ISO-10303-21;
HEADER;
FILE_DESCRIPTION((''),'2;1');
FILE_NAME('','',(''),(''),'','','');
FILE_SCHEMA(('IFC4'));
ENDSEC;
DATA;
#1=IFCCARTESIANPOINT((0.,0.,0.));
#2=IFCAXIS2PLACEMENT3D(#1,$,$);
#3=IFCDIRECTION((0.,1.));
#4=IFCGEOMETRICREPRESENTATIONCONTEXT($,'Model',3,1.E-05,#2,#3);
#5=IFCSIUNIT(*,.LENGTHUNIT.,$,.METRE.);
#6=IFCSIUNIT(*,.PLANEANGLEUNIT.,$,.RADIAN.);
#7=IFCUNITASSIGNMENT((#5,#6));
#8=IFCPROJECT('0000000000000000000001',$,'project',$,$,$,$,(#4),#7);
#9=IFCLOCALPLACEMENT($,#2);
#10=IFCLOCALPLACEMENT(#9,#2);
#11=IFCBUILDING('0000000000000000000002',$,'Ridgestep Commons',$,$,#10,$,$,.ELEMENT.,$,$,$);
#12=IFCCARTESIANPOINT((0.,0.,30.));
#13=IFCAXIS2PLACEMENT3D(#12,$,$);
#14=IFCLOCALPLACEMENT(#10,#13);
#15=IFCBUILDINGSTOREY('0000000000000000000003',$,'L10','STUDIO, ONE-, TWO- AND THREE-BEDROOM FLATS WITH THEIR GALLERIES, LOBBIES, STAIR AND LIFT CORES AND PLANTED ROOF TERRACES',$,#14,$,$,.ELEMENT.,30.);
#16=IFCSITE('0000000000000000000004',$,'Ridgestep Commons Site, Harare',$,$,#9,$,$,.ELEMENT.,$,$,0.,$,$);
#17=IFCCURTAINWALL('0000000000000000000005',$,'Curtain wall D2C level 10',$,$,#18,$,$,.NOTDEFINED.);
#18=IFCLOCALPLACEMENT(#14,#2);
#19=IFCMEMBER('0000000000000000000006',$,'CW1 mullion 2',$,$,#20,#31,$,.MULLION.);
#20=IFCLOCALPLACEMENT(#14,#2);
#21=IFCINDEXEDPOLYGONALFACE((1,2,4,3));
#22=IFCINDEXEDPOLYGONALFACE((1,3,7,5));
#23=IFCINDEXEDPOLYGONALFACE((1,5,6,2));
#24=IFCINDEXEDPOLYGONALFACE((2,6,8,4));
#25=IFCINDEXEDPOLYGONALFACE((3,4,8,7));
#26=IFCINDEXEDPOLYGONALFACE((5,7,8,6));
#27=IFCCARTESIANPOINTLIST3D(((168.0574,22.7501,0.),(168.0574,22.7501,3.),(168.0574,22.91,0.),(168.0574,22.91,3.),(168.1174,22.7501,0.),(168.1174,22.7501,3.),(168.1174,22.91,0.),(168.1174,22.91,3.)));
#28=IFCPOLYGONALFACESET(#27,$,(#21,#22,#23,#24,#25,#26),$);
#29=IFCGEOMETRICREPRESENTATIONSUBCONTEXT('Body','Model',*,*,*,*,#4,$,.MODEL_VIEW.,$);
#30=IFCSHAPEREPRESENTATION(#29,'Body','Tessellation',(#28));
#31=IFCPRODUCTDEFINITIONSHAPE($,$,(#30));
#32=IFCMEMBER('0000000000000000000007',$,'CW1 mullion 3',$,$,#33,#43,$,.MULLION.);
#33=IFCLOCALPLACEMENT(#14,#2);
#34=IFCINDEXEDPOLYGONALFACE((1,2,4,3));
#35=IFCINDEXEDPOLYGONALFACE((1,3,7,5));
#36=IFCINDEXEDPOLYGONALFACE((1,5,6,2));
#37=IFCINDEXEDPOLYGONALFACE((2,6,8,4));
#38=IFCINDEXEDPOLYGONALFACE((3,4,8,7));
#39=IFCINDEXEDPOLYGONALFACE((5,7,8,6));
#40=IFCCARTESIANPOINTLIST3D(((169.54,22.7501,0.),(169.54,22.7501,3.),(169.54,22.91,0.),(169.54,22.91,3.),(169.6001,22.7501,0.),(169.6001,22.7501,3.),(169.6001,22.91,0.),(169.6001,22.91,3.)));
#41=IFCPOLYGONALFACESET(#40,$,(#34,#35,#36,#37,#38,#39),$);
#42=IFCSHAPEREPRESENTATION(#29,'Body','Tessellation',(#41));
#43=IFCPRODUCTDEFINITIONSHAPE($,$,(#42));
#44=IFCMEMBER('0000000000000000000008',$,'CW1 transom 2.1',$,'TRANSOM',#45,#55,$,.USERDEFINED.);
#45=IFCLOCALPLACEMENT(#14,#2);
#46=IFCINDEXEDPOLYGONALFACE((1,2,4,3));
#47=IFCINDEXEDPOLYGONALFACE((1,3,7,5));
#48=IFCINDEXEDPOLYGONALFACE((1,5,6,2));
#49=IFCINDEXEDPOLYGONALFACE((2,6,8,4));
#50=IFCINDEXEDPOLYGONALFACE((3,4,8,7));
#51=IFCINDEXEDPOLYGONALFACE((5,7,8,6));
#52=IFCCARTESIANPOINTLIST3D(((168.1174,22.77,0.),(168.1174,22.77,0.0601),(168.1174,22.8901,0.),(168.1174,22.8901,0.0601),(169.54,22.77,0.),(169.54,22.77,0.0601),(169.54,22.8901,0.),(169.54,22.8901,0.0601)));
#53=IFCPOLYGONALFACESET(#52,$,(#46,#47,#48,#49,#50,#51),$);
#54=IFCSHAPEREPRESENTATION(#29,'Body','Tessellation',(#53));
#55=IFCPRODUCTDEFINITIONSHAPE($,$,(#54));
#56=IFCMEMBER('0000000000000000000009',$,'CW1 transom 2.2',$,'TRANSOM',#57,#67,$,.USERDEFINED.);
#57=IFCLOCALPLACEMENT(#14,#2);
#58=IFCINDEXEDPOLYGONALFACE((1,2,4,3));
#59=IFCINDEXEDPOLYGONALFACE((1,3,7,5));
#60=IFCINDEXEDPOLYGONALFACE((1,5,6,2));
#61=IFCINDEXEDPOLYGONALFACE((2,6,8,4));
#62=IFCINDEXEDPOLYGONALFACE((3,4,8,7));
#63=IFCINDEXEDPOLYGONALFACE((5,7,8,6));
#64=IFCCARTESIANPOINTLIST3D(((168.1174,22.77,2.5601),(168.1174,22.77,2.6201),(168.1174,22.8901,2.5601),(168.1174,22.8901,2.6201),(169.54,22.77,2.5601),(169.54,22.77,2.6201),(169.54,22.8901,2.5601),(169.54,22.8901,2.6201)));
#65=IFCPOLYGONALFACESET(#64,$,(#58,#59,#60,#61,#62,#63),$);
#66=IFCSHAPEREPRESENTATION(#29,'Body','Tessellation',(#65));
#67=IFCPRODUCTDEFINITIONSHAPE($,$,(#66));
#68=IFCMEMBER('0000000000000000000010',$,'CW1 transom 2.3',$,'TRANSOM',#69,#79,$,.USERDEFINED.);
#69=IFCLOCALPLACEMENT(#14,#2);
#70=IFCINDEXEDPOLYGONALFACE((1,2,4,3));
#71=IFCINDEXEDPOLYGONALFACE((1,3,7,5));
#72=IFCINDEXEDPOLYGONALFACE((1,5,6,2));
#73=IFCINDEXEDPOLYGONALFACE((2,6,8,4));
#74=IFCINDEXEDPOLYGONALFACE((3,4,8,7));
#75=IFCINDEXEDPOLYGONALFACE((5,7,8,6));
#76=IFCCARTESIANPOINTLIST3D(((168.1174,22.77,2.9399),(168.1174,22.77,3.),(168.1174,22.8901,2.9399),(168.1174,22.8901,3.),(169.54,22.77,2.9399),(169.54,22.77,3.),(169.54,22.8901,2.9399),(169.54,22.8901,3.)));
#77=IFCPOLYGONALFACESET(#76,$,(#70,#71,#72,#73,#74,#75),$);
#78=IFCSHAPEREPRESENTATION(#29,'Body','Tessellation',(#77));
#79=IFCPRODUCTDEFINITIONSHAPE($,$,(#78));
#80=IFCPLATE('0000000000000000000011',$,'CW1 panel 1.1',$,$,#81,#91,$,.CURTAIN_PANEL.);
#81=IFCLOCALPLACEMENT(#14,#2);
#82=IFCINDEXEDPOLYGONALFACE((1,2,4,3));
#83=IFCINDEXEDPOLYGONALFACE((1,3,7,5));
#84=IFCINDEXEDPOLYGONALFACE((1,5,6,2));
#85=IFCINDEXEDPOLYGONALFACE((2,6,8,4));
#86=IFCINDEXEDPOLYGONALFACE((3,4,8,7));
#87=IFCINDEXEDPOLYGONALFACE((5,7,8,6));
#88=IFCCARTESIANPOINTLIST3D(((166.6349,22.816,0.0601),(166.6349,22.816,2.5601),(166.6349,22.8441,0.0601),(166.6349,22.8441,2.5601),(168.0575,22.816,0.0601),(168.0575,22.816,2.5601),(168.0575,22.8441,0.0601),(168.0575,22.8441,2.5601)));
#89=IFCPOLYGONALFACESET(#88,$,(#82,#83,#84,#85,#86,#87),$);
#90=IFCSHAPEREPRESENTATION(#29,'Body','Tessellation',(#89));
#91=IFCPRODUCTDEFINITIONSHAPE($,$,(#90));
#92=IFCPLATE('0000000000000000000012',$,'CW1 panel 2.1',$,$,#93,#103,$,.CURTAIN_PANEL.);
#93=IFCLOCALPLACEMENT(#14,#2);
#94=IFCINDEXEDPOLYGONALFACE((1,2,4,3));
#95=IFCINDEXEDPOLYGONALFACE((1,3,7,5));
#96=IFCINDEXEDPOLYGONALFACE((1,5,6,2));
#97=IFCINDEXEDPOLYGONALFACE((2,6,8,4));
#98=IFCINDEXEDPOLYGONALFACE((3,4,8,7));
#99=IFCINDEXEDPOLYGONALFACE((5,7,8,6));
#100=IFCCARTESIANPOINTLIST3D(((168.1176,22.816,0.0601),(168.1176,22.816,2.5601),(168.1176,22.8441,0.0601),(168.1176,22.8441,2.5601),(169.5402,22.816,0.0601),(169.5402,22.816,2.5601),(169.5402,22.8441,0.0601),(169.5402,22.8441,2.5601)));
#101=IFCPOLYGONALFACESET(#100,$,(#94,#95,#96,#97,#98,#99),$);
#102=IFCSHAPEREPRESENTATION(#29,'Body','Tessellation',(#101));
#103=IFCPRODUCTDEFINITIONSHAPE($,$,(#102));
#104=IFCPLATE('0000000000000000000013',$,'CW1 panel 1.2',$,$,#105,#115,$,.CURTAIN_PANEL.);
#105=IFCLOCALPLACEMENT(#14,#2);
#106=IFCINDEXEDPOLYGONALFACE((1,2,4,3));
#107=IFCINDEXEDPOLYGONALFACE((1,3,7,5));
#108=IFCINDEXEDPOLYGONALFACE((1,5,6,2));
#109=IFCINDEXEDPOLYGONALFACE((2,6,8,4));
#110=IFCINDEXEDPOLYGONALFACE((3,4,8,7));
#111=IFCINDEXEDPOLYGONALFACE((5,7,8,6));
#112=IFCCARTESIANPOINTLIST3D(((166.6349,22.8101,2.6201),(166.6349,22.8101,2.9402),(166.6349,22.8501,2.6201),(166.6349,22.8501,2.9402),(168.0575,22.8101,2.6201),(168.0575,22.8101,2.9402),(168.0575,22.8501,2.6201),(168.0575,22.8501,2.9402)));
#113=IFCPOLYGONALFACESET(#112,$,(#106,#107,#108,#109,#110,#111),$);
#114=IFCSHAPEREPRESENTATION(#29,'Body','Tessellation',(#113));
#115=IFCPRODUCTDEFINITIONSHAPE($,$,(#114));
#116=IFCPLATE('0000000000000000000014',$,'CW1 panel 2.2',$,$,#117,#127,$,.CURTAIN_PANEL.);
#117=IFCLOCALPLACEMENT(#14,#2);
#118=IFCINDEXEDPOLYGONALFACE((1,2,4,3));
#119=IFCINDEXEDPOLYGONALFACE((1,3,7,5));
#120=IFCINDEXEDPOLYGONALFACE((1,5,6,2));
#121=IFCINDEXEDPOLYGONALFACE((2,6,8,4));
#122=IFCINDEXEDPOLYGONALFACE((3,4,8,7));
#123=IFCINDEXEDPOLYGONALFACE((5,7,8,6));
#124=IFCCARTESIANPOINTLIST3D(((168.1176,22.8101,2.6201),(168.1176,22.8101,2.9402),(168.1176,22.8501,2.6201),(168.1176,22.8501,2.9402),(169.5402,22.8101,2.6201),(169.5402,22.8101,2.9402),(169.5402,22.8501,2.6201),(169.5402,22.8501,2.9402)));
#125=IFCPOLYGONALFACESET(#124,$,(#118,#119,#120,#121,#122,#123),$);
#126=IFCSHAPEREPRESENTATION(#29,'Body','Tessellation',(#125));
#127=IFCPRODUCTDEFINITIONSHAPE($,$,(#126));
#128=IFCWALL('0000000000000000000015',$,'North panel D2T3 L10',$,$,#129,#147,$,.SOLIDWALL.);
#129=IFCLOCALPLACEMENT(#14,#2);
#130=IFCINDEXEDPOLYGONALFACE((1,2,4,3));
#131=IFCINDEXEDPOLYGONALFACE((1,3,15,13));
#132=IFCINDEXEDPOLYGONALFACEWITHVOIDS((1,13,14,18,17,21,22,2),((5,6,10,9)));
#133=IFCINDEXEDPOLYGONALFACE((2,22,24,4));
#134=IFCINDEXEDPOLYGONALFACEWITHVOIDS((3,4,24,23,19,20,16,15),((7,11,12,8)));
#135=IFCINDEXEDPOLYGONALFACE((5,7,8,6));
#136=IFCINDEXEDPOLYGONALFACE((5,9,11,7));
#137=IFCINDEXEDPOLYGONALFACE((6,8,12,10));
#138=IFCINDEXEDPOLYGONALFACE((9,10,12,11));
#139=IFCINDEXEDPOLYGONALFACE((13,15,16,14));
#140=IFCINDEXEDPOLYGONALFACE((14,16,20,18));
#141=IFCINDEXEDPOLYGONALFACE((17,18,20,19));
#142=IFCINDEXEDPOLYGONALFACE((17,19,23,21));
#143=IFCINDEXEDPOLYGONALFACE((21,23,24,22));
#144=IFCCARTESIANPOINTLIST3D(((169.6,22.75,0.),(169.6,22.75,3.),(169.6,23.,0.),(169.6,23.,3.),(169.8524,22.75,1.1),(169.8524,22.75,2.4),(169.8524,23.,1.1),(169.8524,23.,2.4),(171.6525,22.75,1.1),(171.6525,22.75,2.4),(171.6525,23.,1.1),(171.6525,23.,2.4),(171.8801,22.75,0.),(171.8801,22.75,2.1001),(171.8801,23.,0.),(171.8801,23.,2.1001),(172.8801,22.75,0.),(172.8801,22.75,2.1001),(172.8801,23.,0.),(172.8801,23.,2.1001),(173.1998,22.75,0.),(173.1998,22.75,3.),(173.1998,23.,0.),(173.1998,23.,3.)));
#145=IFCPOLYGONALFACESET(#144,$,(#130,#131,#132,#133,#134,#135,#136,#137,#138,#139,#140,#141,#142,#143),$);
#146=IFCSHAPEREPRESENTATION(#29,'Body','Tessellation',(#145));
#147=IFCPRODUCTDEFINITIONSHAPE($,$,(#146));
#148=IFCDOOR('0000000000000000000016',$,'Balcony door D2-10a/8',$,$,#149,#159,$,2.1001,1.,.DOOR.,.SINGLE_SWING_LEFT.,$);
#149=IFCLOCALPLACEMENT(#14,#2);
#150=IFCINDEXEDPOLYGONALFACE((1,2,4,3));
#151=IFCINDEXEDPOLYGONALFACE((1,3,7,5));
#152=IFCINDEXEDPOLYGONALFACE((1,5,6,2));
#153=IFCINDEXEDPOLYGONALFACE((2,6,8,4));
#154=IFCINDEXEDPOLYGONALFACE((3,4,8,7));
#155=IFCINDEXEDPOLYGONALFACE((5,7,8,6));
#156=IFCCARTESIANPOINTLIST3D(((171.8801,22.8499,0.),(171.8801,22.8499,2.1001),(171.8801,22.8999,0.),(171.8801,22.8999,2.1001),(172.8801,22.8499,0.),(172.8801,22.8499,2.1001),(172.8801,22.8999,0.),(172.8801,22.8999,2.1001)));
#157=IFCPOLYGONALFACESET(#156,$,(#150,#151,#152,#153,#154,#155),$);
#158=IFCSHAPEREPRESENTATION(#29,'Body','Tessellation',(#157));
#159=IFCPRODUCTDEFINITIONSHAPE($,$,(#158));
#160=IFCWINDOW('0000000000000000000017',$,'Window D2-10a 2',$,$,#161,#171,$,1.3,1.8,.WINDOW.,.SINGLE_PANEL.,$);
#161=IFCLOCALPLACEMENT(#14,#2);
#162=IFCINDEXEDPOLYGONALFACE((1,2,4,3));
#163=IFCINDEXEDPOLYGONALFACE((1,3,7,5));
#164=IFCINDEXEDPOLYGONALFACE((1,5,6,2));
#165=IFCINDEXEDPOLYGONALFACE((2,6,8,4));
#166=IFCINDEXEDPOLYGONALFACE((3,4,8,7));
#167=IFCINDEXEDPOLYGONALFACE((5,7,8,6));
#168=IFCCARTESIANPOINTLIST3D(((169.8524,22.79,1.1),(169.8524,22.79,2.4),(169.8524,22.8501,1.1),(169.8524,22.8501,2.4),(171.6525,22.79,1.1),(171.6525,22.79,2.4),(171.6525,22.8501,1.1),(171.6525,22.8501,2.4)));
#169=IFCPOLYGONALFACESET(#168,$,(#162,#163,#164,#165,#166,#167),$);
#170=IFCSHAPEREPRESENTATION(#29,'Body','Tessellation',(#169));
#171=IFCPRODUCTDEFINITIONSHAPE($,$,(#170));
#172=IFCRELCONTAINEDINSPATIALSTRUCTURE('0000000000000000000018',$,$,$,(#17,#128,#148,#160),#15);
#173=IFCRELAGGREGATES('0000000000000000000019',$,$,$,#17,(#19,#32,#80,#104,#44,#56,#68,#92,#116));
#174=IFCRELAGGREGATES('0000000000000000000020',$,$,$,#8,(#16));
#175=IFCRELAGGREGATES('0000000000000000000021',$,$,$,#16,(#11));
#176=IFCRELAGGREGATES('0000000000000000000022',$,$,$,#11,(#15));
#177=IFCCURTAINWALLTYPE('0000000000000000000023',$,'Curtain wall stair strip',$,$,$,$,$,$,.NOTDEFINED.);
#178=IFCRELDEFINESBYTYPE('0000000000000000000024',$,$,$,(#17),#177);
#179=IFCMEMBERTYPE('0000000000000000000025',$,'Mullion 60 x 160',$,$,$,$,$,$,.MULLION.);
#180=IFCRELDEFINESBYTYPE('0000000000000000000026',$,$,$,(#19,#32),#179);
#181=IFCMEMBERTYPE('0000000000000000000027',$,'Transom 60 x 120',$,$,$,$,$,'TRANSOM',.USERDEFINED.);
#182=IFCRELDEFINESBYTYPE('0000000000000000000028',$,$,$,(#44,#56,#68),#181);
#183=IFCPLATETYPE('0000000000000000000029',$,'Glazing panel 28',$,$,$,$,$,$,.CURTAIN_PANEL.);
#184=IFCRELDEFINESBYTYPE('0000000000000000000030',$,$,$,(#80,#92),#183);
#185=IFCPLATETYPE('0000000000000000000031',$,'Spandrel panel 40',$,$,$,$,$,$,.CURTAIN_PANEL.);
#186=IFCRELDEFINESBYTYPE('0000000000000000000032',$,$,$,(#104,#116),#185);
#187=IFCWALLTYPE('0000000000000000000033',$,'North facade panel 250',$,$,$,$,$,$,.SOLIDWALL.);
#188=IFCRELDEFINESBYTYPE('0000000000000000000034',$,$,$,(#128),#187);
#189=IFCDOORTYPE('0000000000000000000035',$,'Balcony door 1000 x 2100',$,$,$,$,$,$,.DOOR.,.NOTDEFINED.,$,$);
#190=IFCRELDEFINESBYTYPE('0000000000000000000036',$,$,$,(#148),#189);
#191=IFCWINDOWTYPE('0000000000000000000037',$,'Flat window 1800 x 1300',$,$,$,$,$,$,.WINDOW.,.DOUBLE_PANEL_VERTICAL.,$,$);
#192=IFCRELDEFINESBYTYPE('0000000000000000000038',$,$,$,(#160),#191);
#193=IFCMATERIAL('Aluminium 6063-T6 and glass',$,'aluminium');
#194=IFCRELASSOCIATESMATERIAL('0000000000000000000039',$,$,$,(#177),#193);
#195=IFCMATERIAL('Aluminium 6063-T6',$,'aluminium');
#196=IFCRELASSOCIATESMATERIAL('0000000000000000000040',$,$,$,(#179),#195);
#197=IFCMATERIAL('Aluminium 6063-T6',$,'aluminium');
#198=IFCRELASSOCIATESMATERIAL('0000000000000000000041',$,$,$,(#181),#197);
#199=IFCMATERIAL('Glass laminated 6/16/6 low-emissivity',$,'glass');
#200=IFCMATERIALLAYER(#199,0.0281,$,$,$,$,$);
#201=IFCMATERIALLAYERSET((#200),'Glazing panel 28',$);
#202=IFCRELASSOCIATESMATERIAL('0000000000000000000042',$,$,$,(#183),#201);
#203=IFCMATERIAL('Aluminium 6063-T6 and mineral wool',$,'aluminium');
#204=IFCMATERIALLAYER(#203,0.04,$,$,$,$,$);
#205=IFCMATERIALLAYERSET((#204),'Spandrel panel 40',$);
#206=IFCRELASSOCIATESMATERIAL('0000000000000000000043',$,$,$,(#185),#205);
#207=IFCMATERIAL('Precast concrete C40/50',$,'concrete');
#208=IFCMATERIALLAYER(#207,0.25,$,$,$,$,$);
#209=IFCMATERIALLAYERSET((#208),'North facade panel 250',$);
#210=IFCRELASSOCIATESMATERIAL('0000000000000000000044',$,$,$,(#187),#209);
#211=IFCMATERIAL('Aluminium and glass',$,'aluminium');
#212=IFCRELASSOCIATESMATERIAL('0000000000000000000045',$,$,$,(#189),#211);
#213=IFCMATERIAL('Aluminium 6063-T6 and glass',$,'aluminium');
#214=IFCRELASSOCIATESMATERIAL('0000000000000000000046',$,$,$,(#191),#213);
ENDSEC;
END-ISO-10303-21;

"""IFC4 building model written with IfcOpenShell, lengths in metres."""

from ifc_helpers import new_model, si_unit, direction, frame, frame_2d, origin, origin_2d, place, context, subcontext, project, spatial, rectangle, extrude, material, layer, layer_set, material_profile, profile_set, type_object, element, fill, aggregate, save


model = new_model("IFC4")

# Units and contexts
model_context = context("Model", 3, precision=1e-05, world=origin(), true_north=direction((0.0, 1.0)))
body_context = subcontext(model_context, "Body", "Model", "MODEL_VIEW")
ifc_project = project(units=[si_unit("LENGTHUNIT", "METRE"), si_unit("PLANEANGLEUNIT", "RADIAN")], contexts=[model_context])

# Site, building, storey
site_placement = place(None, origin())
site = spatial("IfcSite", under=ifc_project, at=site_placement, Name="Ridgestep Commons Site, Harare", CompositionType="ELEMENT", RefElevation=0.0)
building_placement = place(site_placement, origin())
building = spatial("IfcBuilding", under=site, at=building_placement, Name="Ridgestep Commons", CompositionType="ELEMENT")
storey_placement = place(building_placement, frame((0.0, 0.0, 30.0)))
storey = spatial("IfcBuildingStorey", under=building, at=storey_placement, Name="L10", Description="STUDIO, ONE-, TWO- AND THREE-BEDROOM FLATS WITH THEIR GALLERIES, LOBBIES, STAIR AND LIFT CORES AND PLANTED ROOF TERRACES", CompositionType="ELEMENT", Elevation=30.0)

# Curtain wall, members, plates
ifc_material_1 = material(Name="Aluminium 6063-T6 and glass", Category="aluminium")
curtain_wall_type = type_object("IfcCurtainWallType", Name="Curtain wall stair strip", PredefinedType="NOTDEFINED", material=ifc_material_1)
curtain_wall_placement = place(storey_placement, origin())
curtain_wall = element("IfcCurtainWall", 1, at=curtain_wall_placement, inside=storey, type_object=curtain_wall_type, Name="Curtain wall D2C level 10", PredefinedType="NOTDEFINED")
ifc_material_2 = material(Name="Aluminium 6063-T6", Category="aluminium")
ifc_material_profile_1 = material_profile(ifc_material_2, rectangle(XDim=0.1599, YDim=0.0601, at=origin_2d()), Name="Mullion 60 x 160")
ifc_profile_set_1 = profile_set([ifc_material_profile_1], Name="Aluminium 6063-T6")
member_type_1 = type_object("IfcMemberType", Name="Mullion 60 x 160", PredefinedType="MULLION", material=ifc_profile_set_1)
member_1_placement = place(storey_placement, frame((168.0874, 22.8301, 0.0), z_axis=(0.0, 0.0, 1.0), x_axis=(0.0, 1.0, 0.0)))
member_1 = element("IfcMember", 2, at=member_1_placement, type_object=member_type_1, Name="CW1 mullion 2", PredefinedType="MULLION", context=body_context, shape_type="SweptSolid", body=[
    extrude(rectangle(XDim=0.1599, YDim=0.0601, at=origin_2d()), origin(), (0.0, 0.0, 1.0), 3.0),
])
member_2_placement = place(storey_placement, frame((169.5701, 22.8301, 0.0), z_axis=(0.0, 0.0, 1.0), x_axis=(0.0, 1.0, 0.0)))
member_2 = element("IfcMember", 3, at=member_2_placement, type_object=member_type_1, Name="CW1 mullion 3", PredefinedType="MULLION", context=body_context, shape_type="SweptSolid", body=[
    extrude(rectangle(XDim=0.1599, YDim=0.0601, at=origin_2d()), origin(), (0.0, 0.0, 1.0), 3.0),
])
ifc_material_3 = material(Name="Aluminium 6063-T6", Category="aluminium")
ifc_material_profile_2 = material_profile(ifc_material_3, rectangle(XDim=0.1201, YDim=0.0601, at=origin_2d()), Name="Transom 60 x 120")
ifc_profile_set_2 = profile_set([ifc_material_profile_2], Name="Aluminium 6063-T6")
member_type_2 = type_object("IfcMemberType", Name="Transom 60 x 120", ElementType="TRANSOM", PredefinedType="USERDEFINED", material=ifc_profile_set_2)
member_3_placement = place(storey_placement, frame((168.1174, 22.8301, 0.03), z_axis=(1.0, 0.0, 0.0), x_axis=(0.0, 1.0, 0.0)))
member_3 = element("IfcMember", 4, at=member_3_placement, type_object=member_type_2, Name="CW1 transom 2.1", ObjectType="TRANSOM", PredefinedType="USERDEFINED", context=body_context, shape_type="SweptSolid", body=[
    extrude(rectangle(XDim=0.1201, YDim=0.0601, at=origin_2d()), origin(), (0.0, 0.0, 1.0), 1.4226),
])
member_4_placement = place(storey_placement, frame((168.1174, 22.8301, 2.5901), z_axis=(1.0, 0.0, 0.0), x_axis=(0.0, 1.0, 0.0)))
member_4 = element("IfcMember", 5, at=member_4_placement, type_object=member_type_2, Name="CW1 transom 2.2", ObjectType="TRANSOM", PredefinedType="USERDEFINED", context=body_context, shape_type="SweptSolid", body=[
    extrude(rectangle(XDim=0.1201, YDim=0.0601, at=origin_2d()), origin(), (0.0, 0.0, 1.0), 1.4226),
])
member_5_placement = place(storey_placement, frame((168.1174, 22.8301, 2.97), z_axis=(1.0, 0.0, 0.0), x_axis=(0.0, 1.0, 0.0)))
member_5 = element("IfcMember", 6, at=member_5_placement, type_object=member_type_2, Name="CW1 transom 2.3", ObjectType="TRANSOM", PredefinedType="USERDEFINED", context=body_context, shape_type="SweptSolid", body=[
    extrude(rectangle(XDim=0.1201, YDim=0.0601, at=origin_2d()), origin(), (0.0, 0.0, 1.0), 1.4226),
])
ifc_material_4 = material(Name="Glass laminated 6/16/6 low-emissivity", Category="glass")
ifc_layer_1 = layer(ifc_material_4, 0.0281)
ifc_layer_set_1 = layer_set([ifc_layer_1], Name="Glazing panel 28")
plate_type_1 = type_object("IfcPlateType", Name="Glazing panel 28", PredefinedType="CURTAIN_PANEL", material=ifc_layer_set_1)
plate_1_placement = place(storey_placement, frame((167.3462, 22.8301, 0.0601), z_axis=(0.0, 0.0, 1.0), x_axis=(1.0, 0.0, 0.0)))
plate_1 = element("IfcPlate", 7, at=plate_1_placement, type_object=plate_type_1, Name="CW1 panel 1.1", PredefinedType="CURTAIN_PANEL", context=body_context, shape_type="SweptSolid", body=[
    extrude(rectangle(XDim=1.4226, YDim=0.0281, at=origin_2d()), origin(), (0.0, 0.0, 1.0), 2.5),
])
plate_2_placement = place(storey_placement, frame((168.8289, 22.8301, 0.0601), z_axis=(0.0, 0.0, 1.0), x_axis=(1.0, 0.0, 0.0)))
plate_2 = element("IfcPlate", 8, at=plate_2_placement, type_object=plate_type_1, Name="CW1 panel 2.1", PredefinedType="CURTAIN_PANEL", context=body_context, shape_type="SweptSolid", body=[
    extrude(rectangle(XDim=1.4226, YDim=0.0281, at=origin_2d()), origin(), (0.0, 0.0, 1.0), 2.5),
])
ifc_material_5 = material(Name="Aluminium 6063-T6 and mineral wool", Category="aluminium")
ifc_layer_2 = layer(ifc_material_5, 0.04)
ifc_layer_set_2 = layer_set([ifc_layer_2], Name="Spandrel panel 40")
plate_type_2 = type_object("IfcPlateType", Name="Spandrel panel 40", PredefinedType="CURTAIN_PANEL", material=ifc_layer_set_2)
plate_3_placement = place(storey_placement, frame((167.3462, 22.8301, 2.6201), z_axis=(0.0, 0.0, 1.0), x_axis=(1.0, 0.0, 0.0)))
plate_3 = element("IfcPlate", 9, at=plate_3_placement, type_object=plate_type_2, Name="CW1 panel 1.2", PredefinedType="CURTAIN_PANEL", context=body_context, shape_type="SweptSolid", body=[
    extrude(rectangle(XDim=1.4226, YDim=0.04, at=origin_2d()), origin(), (0.0, 0.0, 1.0), 0.3201),
])
plate_4_placement = place(storey_placement, frame((168.8289, 22.8301, 2.6201), z_axis=(0.0, 0.0, 1.0), x_axis=(1.0, 0.0, 0.0)))
plate_4 = element("IfcPlate", 10, at=plate_4_placement, type_object=plate_type_2, Name="CW1 panel 2.2", PredefinedType="CURTAIN_PANEL", context=body_context, shape_type="SweptSolid", body=[
    extrude(rectangle(XDim=1.4226, YDim=0.04, at=origin_2d()), origin(), (0.0, 0.0, 1.0), 0.3201),
])
aggregate(curtain_wall, [member_1, member_2, plate_1, plate_3, member_3, member_4, member_5, plate_2, plate_4])

# Wall, openings, door, window
ifc_material_6 = material(Name="Precast concrete C40/50", Category="concrete")
ifc_layer_3 = layer(ifc_material_6, 0.25)
ifc_layer_set_3 = layer_set([ifc_layer_3], Name="North facade panel 250")
wall_type_1 = type_object("IfcWallType", Name="North facade panel 250", PredefinedType="SOLIDWALL", material=ifc_layer_set_3)
wall_1_placement = place(storey_placement, frame((169.6001, 22.875, 0.0), z_axis=(0.0, 0.0, 1.0), x_axis=(1.0, 0.0, 0.0)))
wall_1 = element("IfcWall", 11, at=wall_1_placement, inside=storey, type_object=wall_type_1, Name="North panel D2T3 L10", PredefinedType="SOLIDWALL", context=body_context, shape_type="SweptSolid", body=[
    extrude(rectangle(XDim=3.5999, YDim=0.25, at=frame_2d((1.7998, 0.0))), origin(), (0.0, 0.0, 1.0), 3.0),
])
opening_1_placement = place(wall_1_placement, frame((0.2524, 0.0, 1.1001)))
opening_1 = element("IfcOpeningElement", 12, at=opening_1_placement, cuts=wall_1, PredefinedType="OPENING", context=body_context, shape_type="SweptSolid", body=[
    extrude(rectangle(XDim=1.8, YDim=1.3, at=frame_2d((0.8999, 0.6499))), frame((0.0, 0.135, 0.0), z_axis=(0.0, -1.0, 0.0), x_axis=(1.0, 0.0, 0.0)), (0.0, 0.0, 1.0), 0.27),
])
opening_2_placement = place(wall_1_placement, frame((2.28, 0.0, 0.0)))
opening_2 = element("IfcOpeningElement", 13, at=opening_2_placement, cuts=wall_1, PredefinedType="OPENING", context=body_context, shape_type="SweptSolid", body=[
    extrude(rectangle(XDim=1.0, YDim=2.1001, at=frame_2d((0.5, 1.05))), frame((0.0, 0.135, 0.0), z_axis=(0.0, -1.0, 0.0), x_axis=(1.0, 0.0, 0.0)), (0.0, 0.0, 1.0), 0.27),
])
ifc_material_7 = material(Name="Aluminium and glass", Category="aluminium")
door_type_1 = type_object("IfcDoorType", Name="Balcony door 1000 x 2100", OperationType="NOTDEFINED", PredefinedType="DOOR", material=ifc_material_7)
door_1_placement = place(opening_2_placement, origin())
door_1 = element("IfcDoor", 14, at=door_1_placement, inside=storey, type_object=door_type_1, Name="Balcony door D2-10a/8", OperationType="SINGLE_SWING_LEFT", OverallHeight=2.1001, OverallWidth=1.0, PredefinedType="DOOR", context=body_context, shape_type="SweptSolid", body=[
    extrude(rectangle(XDim=1.0, YDim=2.1001, at=frame_2d((0.5, 1.05))), frame((0.0, 0.0249, 0.0), z_axis=(0.0, -1.0, 0.0), x_axis=(1.0, 0.0, 0.0)), (0.0, 0.0, 1.0), 0.05),
])
fill(opening_2, door_1)
ifc_material_8 = material(Name="Aluminium 6063-T6 and glass", Category="aluminium")
window_type = type_object("IfcWindowType", Name="Flat window 1800 x 1300", PartitioningType="DOUBLE_PANEL_VERTICAL", PredefinedType="WINDOW", material=ifc_material_8)
window_placement = place(opening_1_placement, origin())
window = element("IfcWindow", 15, at=window_placement, inside=storey, type_object=window_type, Name="Window D2-10a 2", OverallHeight=1.3, OverallWidth=1.8, PartitioningType="SINGLE_PANEL", PredefinedType="WINDOW", context=body_context, shape_type="SweptSolid", body=[
    extrude(rectangle(XDim=1.8, YDim=1.3, at=frame_2d((0.8999, 0.6499))), frame((0.0, -0.0249, 0.0), z_axis=(0.0, -1.0, 0.0), x_axis=(1.0, 0.0, 0.0)), (0.0, 0.0, 1.0), 0.0601),
])
fill(opening_1, window)

save(model, "model.ifc")
